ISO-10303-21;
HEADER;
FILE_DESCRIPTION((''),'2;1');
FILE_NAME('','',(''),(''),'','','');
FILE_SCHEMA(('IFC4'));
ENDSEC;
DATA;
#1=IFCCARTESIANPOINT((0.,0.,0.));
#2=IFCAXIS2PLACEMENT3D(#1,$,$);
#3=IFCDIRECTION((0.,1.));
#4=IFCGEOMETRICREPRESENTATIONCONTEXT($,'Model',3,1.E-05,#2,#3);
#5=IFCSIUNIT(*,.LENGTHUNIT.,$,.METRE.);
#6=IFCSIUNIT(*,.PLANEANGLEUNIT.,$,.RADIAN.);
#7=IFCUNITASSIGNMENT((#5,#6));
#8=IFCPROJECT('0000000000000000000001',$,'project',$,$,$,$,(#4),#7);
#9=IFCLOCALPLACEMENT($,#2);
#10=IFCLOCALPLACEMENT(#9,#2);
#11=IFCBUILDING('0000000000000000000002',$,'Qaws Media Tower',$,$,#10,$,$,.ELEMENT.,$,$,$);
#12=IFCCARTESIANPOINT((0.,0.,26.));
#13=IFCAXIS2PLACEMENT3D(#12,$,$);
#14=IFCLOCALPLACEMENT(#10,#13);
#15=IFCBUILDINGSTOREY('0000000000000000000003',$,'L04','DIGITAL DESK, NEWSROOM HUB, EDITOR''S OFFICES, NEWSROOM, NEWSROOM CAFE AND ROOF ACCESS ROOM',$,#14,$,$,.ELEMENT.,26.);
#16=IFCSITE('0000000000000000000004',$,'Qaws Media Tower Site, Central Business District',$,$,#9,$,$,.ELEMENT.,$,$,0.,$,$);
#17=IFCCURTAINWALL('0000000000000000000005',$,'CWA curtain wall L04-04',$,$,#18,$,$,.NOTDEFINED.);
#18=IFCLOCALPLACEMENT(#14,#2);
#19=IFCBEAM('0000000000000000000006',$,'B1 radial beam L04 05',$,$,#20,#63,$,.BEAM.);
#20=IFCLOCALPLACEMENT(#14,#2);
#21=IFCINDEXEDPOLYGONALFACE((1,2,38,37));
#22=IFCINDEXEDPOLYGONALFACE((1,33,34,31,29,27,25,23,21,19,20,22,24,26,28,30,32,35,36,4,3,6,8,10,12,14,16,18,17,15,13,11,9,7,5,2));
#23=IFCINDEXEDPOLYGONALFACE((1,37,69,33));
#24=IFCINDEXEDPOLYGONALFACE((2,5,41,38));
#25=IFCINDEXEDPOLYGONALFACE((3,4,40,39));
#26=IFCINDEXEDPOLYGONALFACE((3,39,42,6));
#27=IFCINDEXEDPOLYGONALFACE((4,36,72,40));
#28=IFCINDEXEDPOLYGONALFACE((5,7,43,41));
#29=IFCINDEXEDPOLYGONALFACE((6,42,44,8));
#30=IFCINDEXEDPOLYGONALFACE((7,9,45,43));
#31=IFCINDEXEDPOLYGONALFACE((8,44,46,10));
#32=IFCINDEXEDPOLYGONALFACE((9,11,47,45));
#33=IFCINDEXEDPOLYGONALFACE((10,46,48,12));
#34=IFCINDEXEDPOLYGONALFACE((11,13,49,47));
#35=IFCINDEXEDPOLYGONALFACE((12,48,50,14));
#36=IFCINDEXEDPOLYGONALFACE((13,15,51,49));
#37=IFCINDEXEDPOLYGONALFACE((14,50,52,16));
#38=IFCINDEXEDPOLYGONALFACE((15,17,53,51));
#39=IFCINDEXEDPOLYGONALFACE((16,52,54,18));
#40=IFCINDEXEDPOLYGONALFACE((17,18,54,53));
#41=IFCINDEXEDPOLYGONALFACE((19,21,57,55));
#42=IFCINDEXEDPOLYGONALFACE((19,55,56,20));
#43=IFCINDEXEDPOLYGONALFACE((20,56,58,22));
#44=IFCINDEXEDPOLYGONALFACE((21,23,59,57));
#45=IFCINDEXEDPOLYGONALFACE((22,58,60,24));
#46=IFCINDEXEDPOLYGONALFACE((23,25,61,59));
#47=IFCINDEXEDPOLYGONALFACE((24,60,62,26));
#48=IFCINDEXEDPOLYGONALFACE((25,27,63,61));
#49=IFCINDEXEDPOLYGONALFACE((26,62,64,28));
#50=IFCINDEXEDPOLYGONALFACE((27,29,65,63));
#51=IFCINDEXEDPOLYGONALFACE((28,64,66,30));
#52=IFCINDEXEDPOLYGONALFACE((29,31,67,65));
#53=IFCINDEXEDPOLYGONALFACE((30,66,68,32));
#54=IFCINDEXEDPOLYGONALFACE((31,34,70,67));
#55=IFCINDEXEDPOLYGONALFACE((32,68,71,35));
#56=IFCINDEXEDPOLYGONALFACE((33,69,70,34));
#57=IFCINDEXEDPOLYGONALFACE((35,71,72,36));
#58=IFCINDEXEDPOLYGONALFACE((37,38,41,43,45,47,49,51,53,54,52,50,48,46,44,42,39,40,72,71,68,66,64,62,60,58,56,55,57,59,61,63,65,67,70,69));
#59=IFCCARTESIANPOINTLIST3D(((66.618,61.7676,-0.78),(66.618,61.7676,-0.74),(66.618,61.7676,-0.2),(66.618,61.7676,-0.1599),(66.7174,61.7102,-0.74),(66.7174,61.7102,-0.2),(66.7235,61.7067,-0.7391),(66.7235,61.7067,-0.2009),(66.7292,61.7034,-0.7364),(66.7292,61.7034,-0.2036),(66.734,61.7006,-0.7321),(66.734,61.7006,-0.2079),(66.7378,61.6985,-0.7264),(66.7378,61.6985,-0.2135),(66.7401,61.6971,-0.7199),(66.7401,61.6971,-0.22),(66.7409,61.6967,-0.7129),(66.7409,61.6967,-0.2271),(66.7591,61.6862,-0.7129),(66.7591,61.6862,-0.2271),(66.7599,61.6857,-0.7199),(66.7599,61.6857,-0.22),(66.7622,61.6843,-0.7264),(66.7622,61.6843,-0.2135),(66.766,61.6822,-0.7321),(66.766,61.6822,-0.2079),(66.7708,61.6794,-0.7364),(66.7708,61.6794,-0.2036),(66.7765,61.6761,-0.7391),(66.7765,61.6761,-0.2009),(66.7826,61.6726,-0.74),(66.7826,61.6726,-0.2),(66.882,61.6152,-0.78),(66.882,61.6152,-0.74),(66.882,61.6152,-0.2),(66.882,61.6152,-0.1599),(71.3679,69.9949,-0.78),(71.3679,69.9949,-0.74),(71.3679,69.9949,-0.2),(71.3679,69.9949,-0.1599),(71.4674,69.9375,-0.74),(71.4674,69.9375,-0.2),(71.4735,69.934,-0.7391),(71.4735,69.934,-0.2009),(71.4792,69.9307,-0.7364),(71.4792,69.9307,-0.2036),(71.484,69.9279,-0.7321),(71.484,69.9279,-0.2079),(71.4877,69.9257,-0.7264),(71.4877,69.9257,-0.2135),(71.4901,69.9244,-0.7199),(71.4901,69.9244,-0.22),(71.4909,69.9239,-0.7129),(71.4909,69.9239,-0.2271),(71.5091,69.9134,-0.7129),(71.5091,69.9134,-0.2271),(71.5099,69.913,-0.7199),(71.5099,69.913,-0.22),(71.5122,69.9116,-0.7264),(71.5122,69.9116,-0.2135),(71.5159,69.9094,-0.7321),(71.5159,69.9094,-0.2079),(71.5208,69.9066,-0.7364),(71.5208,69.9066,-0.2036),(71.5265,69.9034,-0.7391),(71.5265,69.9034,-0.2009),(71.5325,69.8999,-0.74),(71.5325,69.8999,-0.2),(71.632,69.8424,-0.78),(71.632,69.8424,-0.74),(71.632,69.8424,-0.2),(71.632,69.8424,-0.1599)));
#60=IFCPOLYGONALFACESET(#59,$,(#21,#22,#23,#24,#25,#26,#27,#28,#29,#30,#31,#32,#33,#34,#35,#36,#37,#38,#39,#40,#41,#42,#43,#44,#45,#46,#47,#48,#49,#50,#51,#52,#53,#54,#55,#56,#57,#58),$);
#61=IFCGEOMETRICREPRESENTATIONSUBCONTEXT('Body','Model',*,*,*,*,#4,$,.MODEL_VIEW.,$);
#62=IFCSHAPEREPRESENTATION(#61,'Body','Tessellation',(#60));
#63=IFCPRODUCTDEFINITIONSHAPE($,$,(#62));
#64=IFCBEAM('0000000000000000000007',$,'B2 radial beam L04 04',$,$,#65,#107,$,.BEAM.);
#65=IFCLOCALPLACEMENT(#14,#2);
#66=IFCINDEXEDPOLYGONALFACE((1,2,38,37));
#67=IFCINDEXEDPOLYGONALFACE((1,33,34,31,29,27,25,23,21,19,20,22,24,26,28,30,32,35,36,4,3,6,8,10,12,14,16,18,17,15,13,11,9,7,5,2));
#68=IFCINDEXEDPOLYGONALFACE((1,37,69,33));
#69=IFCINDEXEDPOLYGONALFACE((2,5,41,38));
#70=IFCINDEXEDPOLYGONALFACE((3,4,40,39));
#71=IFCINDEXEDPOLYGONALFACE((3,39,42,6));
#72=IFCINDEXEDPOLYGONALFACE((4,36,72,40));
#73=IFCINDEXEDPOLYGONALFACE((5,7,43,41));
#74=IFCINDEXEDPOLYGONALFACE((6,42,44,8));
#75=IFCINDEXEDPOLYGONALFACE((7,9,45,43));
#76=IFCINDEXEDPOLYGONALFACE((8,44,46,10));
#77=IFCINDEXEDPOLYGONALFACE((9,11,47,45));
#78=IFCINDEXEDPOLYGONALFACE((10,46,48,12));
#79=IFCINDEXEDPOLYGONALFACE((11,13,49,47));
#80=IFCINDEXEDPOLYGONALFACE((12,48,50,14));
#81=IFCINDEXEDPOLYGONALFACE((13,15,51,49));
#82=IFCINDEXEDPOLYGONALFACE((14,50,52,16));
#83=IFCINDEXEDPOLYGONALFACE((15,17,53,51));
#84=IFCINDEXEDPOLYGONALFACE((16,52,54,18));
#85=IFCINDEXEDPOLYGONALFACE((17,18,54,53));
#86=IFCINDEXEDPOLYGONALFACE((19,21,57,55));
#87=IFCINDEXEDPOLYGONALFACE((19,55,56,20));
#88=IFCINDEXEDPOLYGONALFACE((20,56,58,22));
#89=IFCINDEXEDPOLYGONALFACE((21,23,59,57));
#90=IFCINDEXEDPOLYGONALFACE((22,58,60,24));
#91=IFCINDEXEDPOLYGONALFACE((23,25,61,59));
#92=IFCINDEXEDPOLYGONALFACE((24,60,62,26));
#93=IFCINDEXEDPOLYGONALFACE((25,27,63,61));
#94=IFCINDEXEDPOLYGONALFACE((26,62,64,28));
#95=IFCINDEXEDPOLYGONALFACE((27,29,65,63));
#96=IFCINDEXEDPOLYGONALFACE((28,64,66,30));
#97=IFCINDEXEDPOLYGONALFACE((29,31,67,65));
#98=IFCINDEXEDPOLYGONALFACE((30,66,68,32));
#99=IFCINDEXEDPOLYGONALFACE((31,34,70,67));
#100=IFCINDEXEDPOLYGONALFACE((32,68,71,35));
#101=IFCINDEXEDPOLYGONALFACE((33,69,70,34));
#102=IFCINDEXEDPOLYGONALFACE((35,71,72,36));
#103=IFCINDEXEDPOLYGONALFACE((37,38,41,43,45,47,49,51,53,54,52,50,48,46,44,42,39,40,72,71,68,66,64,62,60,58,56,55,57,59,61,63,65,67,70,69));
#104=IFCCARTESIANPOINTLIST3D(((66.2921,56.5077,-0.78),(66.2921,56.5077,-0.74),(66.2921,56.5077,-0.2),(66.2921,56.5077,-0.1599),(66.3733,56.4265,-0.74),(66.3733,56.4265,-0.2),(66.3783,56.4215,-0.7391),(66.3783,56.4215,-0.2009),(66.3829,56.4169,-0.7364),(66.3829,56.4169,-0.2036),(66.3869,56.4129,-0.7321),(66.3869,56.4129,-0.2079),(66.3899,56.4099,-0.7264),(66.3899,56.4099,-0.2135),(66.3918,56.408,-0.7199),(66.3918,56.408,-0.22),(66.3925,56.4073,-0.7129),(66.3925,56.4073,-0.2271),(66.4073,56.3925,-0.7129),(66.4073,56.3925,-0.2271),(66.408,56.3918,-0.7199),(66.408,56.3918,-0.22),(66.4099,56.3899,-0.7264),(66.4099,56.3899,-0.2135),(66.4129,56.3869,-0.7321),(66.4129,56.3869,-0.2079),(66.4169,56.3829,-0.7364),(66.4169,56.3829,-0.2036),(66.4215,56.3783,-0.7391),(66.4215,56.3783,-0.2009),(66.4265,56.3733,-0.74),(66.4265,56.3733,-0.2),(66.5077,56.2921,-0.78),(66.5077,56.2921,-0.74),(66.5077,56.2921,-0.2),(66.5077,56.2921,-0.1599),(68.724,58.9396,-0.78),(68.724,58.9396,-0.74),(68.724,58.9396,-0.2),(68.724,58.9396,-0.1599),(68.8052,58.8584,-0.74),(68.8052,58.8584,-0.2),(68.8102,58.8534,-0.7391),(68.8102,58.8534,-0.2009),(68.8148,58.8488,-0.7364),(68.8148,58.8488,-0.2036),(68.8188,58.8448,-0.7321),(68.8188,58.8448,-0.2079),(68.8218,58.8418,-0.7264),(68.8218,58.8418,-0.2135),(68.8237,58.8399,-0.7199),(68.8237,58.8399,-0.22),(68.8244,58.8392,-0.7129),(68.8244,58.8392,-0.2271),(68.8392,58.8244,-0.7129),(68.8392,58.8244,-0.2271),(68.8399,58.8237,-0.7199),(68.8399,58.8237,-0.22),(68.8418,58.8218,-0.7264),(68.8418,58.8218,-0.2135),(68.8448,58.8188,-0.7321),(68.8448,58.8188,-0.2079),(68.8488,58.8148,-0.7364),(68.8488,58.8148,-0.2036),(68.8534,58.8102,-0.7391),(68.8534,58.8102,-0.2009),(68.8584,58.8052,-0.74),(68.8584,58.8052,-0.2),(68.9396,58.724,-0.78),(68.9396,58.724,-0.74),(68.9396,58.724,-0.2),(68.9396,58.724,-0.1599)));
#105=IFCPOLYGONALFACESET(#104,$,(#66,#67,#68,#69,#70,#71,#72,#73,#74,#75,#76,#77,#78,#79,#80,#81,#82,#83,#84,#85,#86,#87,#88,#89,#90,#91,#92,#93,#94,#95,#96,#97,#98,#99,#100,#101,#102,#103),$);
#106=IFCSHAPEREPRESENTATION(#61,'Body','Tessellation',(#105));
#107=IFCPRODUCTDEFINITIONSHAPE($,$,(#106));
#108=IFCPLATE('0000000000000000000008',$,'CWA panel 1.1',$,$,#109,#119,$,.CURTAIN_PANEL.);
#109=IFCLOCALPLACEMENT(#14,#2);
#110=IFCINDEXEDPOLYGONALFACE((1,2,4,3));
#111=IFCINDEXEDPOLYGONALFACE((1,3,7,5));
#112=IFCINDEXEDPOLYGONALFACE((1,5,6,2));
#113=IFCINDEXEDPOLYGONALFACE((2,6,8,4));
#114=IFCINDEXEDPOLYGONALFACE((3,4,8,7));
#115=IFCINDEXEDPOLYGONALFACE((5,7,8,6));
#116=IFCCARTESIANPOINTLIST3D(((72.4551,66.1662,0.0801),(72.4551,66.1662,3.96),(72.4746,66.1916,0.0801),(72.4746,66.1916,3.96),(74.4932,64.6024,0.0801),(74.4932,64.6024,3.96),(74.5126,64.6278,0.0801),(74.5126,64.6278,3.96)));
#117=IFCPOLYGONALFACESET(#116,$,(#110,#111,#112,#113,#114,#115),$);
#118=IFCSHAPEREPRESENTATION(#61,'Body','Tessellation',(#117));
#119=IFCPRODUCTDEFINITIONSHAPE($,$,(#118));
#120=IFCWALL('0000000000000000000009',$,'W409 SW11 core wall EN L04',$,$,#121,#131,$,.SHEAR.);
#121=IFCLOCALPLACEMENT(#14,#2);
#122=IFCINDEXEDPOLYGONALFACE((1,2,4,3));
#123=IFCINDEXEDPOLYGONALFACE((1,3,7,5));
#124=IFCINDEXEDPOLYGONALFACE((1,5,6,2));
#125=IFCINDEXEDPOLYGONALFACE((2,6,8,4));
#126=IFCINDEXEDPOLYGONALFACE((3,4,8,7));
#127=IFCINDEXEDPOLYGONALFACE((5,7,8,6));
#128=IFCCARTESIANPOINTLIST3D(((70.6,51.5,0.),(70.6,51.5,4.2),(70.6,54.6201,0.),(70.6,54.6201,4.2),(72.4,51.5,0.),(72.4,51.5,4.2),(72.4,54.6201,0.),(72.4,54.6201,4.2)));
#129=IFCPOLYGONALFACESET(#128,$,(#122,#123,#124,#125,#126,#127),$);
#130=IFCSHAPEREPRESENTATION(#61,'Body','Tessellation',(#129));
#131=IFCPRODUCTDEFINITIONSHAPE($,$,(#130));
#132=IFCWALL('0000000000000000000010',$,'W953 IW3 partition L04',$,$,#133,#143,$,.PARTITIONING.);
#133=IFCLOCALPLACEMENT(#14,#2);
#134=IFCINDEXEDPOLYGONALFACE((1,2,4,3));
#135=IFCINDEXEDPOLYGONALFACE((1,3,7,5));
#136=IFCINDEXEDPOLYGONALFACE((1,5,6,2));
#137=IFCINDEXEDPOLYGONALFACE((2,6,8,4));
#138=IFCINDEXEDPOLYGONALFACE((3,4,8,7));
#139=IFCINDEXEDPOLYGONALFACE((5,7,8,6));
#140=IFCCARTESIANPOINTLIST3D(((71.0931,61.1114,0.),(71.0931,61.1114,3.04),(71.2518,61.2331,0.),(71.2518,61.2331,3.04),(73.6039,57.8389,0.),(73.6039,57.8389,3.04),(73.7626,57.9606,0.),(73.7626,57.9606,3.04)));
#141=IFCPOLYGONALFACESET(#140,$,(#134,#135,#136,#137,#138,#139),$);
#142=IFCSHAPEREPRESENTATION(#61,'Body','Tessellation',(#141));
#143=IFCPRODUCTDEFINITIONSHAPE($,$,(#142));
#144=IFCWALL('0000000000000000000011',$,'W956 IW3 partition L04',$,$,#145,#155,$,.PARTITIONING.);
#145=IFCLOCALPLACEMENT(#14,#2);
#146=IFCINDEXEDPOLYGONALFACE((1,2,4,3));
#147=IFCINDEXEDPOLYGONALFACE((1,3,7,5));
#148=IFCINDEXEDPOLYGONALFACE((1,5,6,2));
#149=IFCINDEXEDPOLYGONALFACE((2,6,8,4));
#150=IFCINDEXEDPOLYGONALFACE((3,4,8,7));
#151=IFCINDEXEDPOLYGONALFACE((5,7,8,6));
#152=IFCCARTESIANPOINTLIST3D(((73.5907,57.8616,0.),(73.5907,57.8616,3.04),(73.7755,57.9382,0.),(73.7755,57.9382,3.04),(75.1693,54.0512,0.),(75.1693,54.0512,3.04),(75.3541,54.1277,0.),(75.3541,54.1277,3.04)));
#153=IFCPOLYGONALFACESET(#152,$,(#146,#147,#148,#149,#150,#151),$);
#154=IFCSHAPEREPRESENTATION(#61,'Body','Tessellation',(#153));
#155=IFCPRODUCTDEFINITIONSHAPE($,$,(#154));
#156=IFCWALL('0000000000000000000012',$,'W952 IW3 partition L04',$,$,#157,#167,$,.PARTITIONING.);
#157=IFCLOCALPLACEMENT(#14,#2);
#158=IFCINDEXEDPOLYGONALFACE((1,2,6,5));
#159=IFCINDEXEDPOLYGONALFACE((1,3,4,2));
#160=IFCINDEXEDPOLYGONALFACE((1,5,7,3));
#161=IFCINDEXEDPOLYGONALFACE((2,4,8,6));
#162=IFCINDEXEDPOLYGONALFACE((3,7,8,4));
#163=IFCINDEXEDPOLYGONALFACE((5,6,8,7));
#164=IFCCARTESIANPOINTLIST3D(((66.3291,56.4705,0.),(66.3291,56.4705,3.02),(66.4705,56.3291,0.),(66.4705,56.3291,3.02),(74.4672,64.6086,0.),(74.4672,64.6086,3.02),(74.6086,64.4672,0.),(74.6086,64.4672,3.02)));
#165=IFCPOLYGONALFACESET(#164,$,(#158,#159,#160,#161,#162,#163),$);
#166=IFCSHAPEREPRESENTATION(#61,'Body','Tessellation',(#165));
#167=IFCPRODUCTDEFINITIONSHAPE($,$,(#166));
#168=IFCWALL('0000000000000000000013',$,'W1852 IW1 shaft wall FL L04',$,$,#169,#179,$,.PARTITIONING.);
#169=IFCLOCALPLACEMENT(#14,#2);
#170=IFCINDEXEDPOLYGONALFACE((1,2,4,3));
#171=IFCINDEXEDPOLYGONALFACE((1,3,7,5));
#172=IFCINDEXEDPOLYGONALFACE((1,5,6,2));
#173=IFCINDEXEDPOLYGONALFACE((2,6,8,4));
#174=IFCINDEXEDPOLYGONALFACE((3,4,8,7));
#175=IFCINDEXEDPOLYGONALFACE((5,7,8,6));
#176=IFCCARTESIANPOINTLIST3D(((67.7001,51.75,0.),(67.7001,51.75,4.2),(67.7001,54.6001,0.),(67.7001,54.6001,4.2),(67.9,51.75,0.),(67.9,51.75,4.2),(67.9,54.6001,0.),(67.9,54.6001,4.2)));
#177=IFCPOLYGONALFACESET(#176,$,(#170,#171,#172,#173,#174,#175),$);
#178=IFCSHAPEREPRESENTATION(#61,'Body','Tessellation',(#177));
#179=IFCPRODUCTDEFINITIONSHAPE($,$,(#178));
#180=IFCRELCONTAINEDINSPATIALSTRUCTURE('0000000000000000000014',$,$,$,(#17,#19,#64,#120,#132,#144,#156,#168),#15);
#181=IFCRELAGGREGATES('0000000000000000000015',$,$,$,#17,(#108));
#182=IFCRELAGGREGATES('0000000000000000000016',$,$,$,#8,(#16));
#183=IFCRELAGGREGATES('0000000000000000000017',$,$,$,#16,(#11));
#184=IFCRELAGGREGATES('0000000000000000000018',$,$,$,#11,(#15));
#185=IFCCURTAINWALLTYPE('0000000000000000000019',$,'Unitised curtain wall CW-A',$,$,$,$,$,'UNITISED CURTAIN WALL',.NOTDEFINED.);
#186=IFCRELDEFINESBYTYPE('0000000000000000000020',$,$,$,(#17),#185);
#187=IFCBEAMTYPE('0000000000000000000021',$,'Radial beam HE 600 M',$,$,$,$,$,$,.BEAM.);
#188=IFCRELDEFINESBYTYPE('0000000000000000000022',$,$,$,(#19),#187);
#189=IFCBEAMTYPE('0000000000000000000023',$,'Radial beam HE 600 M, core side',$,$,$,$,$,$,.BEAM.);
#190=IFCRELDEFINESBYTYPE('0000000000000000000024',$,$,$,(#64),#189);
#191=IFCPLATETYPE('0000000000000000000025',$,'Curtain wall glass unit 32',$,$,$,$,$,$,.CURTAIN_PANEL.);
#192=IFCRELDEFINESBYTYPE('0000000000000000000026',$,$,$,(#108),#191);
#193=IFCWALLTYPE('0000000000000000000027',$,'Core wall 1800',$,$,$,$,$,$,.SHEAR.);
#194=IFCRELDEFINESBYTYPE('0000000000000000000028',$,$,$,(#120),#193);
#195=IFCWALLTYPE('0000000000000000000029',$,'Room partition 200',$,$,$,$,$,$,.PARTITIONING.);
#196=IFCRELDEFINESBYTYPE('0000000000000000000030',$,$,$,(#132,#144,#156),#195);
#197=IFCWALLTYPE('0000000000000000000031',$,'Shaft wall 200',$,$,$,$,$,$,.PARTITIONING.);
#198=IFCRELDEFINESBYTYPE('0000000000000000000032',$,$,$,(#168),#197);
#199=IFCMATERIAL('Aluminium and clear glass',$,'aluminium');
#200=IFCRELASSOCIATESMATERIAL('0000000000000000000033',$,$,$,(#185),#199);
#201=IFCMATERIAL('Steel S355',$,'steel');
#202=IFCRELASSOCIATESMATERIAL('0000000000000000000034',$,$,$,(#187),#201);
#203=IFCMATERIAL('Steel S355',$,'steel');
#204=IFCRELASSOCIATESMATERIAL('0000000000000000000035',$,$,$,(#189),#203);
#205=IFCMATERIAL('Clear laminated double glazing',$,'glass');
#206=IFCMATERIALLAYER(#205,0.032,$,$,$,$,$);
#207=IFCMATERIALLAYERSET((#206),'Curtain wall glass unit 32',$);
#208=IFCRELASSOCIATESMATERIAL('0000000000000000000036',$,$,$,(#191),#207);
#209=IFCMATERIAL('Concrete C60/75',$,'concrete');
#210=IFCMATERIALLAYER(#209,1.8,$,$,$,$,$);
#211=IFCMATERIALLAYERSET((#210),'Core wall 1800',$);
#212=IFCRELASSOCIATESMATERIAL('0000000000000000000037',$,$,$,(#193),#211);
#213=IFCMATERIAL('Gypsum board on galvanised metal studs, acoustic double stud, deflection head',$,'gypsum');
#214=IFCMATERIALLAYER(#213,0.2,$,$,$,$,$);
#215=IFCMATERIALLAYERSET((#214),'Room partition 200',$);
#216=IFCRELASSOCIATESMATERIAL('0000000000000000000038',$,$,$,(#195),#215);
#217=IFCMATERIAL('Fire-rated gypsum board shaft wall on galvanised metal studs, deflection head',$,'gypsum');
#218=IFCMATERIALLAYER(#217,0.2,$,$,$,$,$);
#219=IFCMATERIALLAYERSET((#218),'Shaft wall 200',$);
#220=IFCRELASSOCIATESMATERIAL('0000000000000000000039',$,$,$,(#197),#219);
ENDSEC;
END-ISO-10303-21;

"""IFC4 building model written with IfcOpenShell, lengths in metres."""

from ifc_helpers import new_model, si_unit, direction, frame, frame_2d, origin, origin_2d, place, context, subcontext, project, spatial, rectangle, i_section, extrude, material, layer, layer_set, material_profile, profile_set, type_object, element, aggregate, save


model = new_model("IFC4")

# Units and contexts
model_context = context("Model", 3, precision=1e-05, world=origin(), true_north=direction((0.0, 1.0)))
body_context = subcontext(model_context, "Body", "Model", "MODEL_VIEW")
ifc_project = project(units=[si_unit("LENGTHUNIT", "METRE"), si_unit("PLANEANGLEUNIT", "RADIAN")], contexts=[model_context])

# Site, building, storey
site_placement = place(None, origin())
site = spatial("IfcSite", under=ifc_project, at=site_placement, Name="Qaws Media Tower Site, Central Business District", CompositionType="ELEMENT", RefElevation=0.0)
building_placement = place(site_placement, origin())
building = spatial("IfcBuilding", under=site, at=building_placement, Name="Qaws Media Tower", CompositionType="ELEMENT")
storey_placement = place(building_placement, frame((0.0, 0.0, 26.0)))
storey = spatial("IfcBuildingStorey", under=building, at=storey_placement, Name="L04", Description="DIGITAL DESK, NEWSROOM HUB, EDITOR'S OFFICES, NEWSROOM, NEWSROOM CAFE AND ROOF ACCESS ROOM", CompositionType="ELEMENT", Elevation=26.0)

# Curtain wall
ifc_material_1 = material(Name="Aluminium and clear glass", Category="aluminium")
curtain_wall_type = type_object("IfcCurtainWallType", Name="Unitised curtain wall CW-A", ElementType="UNITISED CURTAIN WALL", PredefinedType="NOTDEFINED", material=ifc_material_1)
curtain_wall_placement = place(storey_placement, origin())
curtain_wall = element("IfcCurtainWall", 1, at=curtain_wall_placement, inside=storey, type_object=curtain_wall_type, Name="CWA curtain wall L04-04", PredefinedType="NOTDEFINED")

# Beams
ifc_material_2 = material(Name="Steel S355", Category="steel")
ifc_material_profile_1 = material_profile(ifc_material_2, i_section(OverallWidth=0.3049, OverallDepth=0.6201, WebThickness=0.021, FlangeThickness=0.04, FilletRadius=0.0271, at=origin_2d()), Name="HE 600 M")
ifc_profile_set_1 = profile_set([ifc_material_profile_1], Name="Steel S355")
beam_type_1 = type_object("IfcBeamType", Name="Radial beam HE 600 M", PredefinedType="BEAM", material=ifc_profile_set_1)
beam_1_placement = place(storey_placement, frame((66.75, 61.6914, -0.47), z_axis=(0.499998, 0.866027, 0.0), x_axis=(-0.866027, 0.499998, 0.0)))
element("IfcBeam", 2, at=beam_1_placement, inside=storey, type_object=beam_type_1, Name="B1 radial beam L04 05", PredefinedType="BEAM", context=body_context, shape_type="SweptSolid", body=[
    extrude(i_section(OverallWidth=0.3049, OverallDepth=0.6201, WebThickness=0.021, FlangeThickness=0.04, FilletRadius=0.0271, at=origin_2d()), origin(), (0.0, 0.0, 1.0), 9.5),
])
ifc_material_3 = material(Name="Steel S355", Category="steel")
ifc_material_profile_2 = material_profile(ifc_material_3, i_section(OverallWidth=0.3049, OverallDepth=0.6201, WebThickness=0.021, FlangeThickness=0.04, FilletRadius=0.0271, at=origin_2d()), Name="HE 600 M")
ifc_profile_set_2 = profile_set([ifc_material_profile_2], Name="Steel S355")
beam_type_2 = type_object("IfcBeamType", Name="Radial beam HE 600 M, core side", PredefinedType="BEAM", material=ifc_profile_set_2)
beam_2_placement = place(storey_placement, frame((66.3999, 56.3999, -0.47), z_axis=(0.707107, 0.707107, 0.0), x_axis=(-0.707107, 0.707107, 0.0)))
element("IfcBeam", 3, at=beam_2_placement, inside=storey, type_object=beam_type_2, Name="B2 radial beam L04 04", PredefinedType="BEAM", context=body_context, shape_type="SweptSolid", body=[
    extrude(i_section(OverallWidth=0.3049, OverallDepth=0.6201, WebThickness=0.021, FlangeThickness=0.04, FilletRadius=0.0271, at=origin_2d()), origin(), (0.0, 0.0, 1.0), 3.4392),
])

# Plate
ifc_material_4 = material(Name="Clear laminated double glazing", Category="glass")
ifc_layer_1 = layer(ifc_material_4, 0.032)
ifc_layer_set_1 = layer_set([ifc_layer_1], Name="Curtain wall glass unit 32")
plate_type = type_object("IfcPlateType", Name="Curtain wall glass unit 32", PredefinedType="CURTAIN_PANEL", material=ifc_layer_set_1)
plate_placement = place(storey_placement, frame((73.4839, 65.397, 0.0801), z_axis=(0.0, 0.0, 1.0), x_axis=(-0.793353, 0.608761, 0.0)))
plate = element("IfcPlate", 4, at=plate_placement, type_object=plate_type, Name="CWA panel 1.1", PredefinedType="CURTAIN_PANEL", context=body_context, shape_type="SweptSolid", body=[
    extrude(rectangle(XDim=2.5688, YDim=0.032, at=origin_2d()), origin(), (0.0, 0.0, 1.0), 3.8799),
])
aggregate(curtain_wall, [plate])

# Walls
ifc_material_5 = material(Name="Concrete C60/75", Category="concrete")
ifc_layer_2 = layer(ifc_material_5, 1.8)
ifc_layer_set_2 = layer_set([ifc_layer_2], Name="Core wall 1800")
wall_type_1 = type_object("IfcWallType", Name="Core wall 1800", PredefinedType="SHEAR", material=ifc_layer_set_2)
wall_1_placement = place(storey_placement, frame((71.5, 51.5, 0.0), z_axis=(0.0, 0.0, 1.0), x_axis=(0.0, 1.0, 0.0)))
element("IfcWall", 5, at=wall_1_placement, inside=storey, type_object=wall_type_1, Name="W409 SW11 core wall EN L04", PredefinedType="SHEAR", context=body_context, shape_type="SweptSolid", body=[
    extrude(rectangle(XDim=3.1201, YDim=1.8, at=frame_2d((1.5601, 0.0))), origin(), (0.0, 0.0, 1.0), 4.2),
])
ifc_material_6 = material(Name="Gypsum board on galvanised metal studs, acoustic double stud, deflection head", Category="gypsum")
ifc_layer_3 = layer(ifc_material_6, 0.2)
ifc_layer_set_3 = layer_set([ifc_layer_3], Name="Room partition 200")
wall_type_2 = type_object("IfcWallType", Name="Room partition 200", PredefinedType="PARTITIONING", material=ifc_layer_set_3)
wall_2_placement = place(storey_placement, frame((71.1724, 61.1724, 0.0), z_axis=(0.0, 0.0, 1.0), x_axis=(0.608715, -0.793389, 0.0)))
element("IfcWall", 6, at=wall_2_placement, inside=storey, type_object=wall_type_2, Name="W953 IW3 partition L04", PredefinedType="PARTITIONING", context=body_context, shape_type="SweptSolid", body=[
    extrude(rectangle(XDim=4.1248, YDim=0.2, at=frame_2d((2.0625, 0.0))), origin(), (0.0, 0.0, 1.0), 3.04),
])
wall_3_placement = place(storey_placement, frame((73.6831, 57.8999, 0.0), z_axis=(0.0, 0.0, 1.0), x_axis=(0.382732, -0.92386, 0.0)))
element("IfcWall", 7, at=wall_3_placement, inside=storey, type_object=wall_type_2, Name="W956 IW3 partition L04", PredefinedType="PARTITIONING", context=body_context, shape_type="SweptSolid", body=[
    extrude(rectangle(XDim=4.1245, YDim=0.2, at=frame_2d((2.0623, 0.0))), origin(), (0.0, 0.0, 1.0), 3.04),
])
wall_4_placement = place(storey_placement, frame((66.3999, 56.3999, 0.0), z_axis=(0.0, 0.0, 1.0), x_axis=(0.707107, 0.707107, 0.0)))
element("IfcWall", 8, at=wall_4_placement, inside=storey, type_object=wall_type_2, Name="W952 IW3 partition L04", PredefinedType="PARTITIONING", context=body_context, shape_type="SweptSolid", body=[
    extrude(rectangle(XDim=11.509, YDim=0.2, at=frame_2d((5.7544, 0.0))), origin(), (0.0, 0.0, 1.0), 3.02),
])
ifc_material_7 = material(Name="Fire-rated gypsum board shaft wall on galvanised metal studs, deflection head", Category="gypsum")
ifc_layer_4 = layer(ifc_material_7, 0.2)
ifc_layer_set_4 = layer_set([ifc_layer_4], Name="Shaft wall 200")
wall_type_3 = type_object("IfcWallType", Name="Shaft wall 200", PredefinedType="PARTITIONING", material=ifc_layer_set_4)
wall_5_placement = place(storey_placement, frame((67.8, 51.75, 0.0), z_axis=(0.0, 0.0, 1.0), x_axis=(0.0, 1.0, 0.0)))
element("IfcWall", 9, at=wall_5_placement, inside=storey, type_object=wall_type_3, Name="W1852 IW1 shaft wall FL L04", PredefinedType="PARTITIONING", context=body_context, shape_type="SweptSolid", body=[
    extrude(rectangle(XDim=2.8501, YDim=0.2, at=frame_2d((1.425, 0.0))), origin(), (0.0, 0.0, 1.0), 4.2),
])

save(model, "model.ifc")
